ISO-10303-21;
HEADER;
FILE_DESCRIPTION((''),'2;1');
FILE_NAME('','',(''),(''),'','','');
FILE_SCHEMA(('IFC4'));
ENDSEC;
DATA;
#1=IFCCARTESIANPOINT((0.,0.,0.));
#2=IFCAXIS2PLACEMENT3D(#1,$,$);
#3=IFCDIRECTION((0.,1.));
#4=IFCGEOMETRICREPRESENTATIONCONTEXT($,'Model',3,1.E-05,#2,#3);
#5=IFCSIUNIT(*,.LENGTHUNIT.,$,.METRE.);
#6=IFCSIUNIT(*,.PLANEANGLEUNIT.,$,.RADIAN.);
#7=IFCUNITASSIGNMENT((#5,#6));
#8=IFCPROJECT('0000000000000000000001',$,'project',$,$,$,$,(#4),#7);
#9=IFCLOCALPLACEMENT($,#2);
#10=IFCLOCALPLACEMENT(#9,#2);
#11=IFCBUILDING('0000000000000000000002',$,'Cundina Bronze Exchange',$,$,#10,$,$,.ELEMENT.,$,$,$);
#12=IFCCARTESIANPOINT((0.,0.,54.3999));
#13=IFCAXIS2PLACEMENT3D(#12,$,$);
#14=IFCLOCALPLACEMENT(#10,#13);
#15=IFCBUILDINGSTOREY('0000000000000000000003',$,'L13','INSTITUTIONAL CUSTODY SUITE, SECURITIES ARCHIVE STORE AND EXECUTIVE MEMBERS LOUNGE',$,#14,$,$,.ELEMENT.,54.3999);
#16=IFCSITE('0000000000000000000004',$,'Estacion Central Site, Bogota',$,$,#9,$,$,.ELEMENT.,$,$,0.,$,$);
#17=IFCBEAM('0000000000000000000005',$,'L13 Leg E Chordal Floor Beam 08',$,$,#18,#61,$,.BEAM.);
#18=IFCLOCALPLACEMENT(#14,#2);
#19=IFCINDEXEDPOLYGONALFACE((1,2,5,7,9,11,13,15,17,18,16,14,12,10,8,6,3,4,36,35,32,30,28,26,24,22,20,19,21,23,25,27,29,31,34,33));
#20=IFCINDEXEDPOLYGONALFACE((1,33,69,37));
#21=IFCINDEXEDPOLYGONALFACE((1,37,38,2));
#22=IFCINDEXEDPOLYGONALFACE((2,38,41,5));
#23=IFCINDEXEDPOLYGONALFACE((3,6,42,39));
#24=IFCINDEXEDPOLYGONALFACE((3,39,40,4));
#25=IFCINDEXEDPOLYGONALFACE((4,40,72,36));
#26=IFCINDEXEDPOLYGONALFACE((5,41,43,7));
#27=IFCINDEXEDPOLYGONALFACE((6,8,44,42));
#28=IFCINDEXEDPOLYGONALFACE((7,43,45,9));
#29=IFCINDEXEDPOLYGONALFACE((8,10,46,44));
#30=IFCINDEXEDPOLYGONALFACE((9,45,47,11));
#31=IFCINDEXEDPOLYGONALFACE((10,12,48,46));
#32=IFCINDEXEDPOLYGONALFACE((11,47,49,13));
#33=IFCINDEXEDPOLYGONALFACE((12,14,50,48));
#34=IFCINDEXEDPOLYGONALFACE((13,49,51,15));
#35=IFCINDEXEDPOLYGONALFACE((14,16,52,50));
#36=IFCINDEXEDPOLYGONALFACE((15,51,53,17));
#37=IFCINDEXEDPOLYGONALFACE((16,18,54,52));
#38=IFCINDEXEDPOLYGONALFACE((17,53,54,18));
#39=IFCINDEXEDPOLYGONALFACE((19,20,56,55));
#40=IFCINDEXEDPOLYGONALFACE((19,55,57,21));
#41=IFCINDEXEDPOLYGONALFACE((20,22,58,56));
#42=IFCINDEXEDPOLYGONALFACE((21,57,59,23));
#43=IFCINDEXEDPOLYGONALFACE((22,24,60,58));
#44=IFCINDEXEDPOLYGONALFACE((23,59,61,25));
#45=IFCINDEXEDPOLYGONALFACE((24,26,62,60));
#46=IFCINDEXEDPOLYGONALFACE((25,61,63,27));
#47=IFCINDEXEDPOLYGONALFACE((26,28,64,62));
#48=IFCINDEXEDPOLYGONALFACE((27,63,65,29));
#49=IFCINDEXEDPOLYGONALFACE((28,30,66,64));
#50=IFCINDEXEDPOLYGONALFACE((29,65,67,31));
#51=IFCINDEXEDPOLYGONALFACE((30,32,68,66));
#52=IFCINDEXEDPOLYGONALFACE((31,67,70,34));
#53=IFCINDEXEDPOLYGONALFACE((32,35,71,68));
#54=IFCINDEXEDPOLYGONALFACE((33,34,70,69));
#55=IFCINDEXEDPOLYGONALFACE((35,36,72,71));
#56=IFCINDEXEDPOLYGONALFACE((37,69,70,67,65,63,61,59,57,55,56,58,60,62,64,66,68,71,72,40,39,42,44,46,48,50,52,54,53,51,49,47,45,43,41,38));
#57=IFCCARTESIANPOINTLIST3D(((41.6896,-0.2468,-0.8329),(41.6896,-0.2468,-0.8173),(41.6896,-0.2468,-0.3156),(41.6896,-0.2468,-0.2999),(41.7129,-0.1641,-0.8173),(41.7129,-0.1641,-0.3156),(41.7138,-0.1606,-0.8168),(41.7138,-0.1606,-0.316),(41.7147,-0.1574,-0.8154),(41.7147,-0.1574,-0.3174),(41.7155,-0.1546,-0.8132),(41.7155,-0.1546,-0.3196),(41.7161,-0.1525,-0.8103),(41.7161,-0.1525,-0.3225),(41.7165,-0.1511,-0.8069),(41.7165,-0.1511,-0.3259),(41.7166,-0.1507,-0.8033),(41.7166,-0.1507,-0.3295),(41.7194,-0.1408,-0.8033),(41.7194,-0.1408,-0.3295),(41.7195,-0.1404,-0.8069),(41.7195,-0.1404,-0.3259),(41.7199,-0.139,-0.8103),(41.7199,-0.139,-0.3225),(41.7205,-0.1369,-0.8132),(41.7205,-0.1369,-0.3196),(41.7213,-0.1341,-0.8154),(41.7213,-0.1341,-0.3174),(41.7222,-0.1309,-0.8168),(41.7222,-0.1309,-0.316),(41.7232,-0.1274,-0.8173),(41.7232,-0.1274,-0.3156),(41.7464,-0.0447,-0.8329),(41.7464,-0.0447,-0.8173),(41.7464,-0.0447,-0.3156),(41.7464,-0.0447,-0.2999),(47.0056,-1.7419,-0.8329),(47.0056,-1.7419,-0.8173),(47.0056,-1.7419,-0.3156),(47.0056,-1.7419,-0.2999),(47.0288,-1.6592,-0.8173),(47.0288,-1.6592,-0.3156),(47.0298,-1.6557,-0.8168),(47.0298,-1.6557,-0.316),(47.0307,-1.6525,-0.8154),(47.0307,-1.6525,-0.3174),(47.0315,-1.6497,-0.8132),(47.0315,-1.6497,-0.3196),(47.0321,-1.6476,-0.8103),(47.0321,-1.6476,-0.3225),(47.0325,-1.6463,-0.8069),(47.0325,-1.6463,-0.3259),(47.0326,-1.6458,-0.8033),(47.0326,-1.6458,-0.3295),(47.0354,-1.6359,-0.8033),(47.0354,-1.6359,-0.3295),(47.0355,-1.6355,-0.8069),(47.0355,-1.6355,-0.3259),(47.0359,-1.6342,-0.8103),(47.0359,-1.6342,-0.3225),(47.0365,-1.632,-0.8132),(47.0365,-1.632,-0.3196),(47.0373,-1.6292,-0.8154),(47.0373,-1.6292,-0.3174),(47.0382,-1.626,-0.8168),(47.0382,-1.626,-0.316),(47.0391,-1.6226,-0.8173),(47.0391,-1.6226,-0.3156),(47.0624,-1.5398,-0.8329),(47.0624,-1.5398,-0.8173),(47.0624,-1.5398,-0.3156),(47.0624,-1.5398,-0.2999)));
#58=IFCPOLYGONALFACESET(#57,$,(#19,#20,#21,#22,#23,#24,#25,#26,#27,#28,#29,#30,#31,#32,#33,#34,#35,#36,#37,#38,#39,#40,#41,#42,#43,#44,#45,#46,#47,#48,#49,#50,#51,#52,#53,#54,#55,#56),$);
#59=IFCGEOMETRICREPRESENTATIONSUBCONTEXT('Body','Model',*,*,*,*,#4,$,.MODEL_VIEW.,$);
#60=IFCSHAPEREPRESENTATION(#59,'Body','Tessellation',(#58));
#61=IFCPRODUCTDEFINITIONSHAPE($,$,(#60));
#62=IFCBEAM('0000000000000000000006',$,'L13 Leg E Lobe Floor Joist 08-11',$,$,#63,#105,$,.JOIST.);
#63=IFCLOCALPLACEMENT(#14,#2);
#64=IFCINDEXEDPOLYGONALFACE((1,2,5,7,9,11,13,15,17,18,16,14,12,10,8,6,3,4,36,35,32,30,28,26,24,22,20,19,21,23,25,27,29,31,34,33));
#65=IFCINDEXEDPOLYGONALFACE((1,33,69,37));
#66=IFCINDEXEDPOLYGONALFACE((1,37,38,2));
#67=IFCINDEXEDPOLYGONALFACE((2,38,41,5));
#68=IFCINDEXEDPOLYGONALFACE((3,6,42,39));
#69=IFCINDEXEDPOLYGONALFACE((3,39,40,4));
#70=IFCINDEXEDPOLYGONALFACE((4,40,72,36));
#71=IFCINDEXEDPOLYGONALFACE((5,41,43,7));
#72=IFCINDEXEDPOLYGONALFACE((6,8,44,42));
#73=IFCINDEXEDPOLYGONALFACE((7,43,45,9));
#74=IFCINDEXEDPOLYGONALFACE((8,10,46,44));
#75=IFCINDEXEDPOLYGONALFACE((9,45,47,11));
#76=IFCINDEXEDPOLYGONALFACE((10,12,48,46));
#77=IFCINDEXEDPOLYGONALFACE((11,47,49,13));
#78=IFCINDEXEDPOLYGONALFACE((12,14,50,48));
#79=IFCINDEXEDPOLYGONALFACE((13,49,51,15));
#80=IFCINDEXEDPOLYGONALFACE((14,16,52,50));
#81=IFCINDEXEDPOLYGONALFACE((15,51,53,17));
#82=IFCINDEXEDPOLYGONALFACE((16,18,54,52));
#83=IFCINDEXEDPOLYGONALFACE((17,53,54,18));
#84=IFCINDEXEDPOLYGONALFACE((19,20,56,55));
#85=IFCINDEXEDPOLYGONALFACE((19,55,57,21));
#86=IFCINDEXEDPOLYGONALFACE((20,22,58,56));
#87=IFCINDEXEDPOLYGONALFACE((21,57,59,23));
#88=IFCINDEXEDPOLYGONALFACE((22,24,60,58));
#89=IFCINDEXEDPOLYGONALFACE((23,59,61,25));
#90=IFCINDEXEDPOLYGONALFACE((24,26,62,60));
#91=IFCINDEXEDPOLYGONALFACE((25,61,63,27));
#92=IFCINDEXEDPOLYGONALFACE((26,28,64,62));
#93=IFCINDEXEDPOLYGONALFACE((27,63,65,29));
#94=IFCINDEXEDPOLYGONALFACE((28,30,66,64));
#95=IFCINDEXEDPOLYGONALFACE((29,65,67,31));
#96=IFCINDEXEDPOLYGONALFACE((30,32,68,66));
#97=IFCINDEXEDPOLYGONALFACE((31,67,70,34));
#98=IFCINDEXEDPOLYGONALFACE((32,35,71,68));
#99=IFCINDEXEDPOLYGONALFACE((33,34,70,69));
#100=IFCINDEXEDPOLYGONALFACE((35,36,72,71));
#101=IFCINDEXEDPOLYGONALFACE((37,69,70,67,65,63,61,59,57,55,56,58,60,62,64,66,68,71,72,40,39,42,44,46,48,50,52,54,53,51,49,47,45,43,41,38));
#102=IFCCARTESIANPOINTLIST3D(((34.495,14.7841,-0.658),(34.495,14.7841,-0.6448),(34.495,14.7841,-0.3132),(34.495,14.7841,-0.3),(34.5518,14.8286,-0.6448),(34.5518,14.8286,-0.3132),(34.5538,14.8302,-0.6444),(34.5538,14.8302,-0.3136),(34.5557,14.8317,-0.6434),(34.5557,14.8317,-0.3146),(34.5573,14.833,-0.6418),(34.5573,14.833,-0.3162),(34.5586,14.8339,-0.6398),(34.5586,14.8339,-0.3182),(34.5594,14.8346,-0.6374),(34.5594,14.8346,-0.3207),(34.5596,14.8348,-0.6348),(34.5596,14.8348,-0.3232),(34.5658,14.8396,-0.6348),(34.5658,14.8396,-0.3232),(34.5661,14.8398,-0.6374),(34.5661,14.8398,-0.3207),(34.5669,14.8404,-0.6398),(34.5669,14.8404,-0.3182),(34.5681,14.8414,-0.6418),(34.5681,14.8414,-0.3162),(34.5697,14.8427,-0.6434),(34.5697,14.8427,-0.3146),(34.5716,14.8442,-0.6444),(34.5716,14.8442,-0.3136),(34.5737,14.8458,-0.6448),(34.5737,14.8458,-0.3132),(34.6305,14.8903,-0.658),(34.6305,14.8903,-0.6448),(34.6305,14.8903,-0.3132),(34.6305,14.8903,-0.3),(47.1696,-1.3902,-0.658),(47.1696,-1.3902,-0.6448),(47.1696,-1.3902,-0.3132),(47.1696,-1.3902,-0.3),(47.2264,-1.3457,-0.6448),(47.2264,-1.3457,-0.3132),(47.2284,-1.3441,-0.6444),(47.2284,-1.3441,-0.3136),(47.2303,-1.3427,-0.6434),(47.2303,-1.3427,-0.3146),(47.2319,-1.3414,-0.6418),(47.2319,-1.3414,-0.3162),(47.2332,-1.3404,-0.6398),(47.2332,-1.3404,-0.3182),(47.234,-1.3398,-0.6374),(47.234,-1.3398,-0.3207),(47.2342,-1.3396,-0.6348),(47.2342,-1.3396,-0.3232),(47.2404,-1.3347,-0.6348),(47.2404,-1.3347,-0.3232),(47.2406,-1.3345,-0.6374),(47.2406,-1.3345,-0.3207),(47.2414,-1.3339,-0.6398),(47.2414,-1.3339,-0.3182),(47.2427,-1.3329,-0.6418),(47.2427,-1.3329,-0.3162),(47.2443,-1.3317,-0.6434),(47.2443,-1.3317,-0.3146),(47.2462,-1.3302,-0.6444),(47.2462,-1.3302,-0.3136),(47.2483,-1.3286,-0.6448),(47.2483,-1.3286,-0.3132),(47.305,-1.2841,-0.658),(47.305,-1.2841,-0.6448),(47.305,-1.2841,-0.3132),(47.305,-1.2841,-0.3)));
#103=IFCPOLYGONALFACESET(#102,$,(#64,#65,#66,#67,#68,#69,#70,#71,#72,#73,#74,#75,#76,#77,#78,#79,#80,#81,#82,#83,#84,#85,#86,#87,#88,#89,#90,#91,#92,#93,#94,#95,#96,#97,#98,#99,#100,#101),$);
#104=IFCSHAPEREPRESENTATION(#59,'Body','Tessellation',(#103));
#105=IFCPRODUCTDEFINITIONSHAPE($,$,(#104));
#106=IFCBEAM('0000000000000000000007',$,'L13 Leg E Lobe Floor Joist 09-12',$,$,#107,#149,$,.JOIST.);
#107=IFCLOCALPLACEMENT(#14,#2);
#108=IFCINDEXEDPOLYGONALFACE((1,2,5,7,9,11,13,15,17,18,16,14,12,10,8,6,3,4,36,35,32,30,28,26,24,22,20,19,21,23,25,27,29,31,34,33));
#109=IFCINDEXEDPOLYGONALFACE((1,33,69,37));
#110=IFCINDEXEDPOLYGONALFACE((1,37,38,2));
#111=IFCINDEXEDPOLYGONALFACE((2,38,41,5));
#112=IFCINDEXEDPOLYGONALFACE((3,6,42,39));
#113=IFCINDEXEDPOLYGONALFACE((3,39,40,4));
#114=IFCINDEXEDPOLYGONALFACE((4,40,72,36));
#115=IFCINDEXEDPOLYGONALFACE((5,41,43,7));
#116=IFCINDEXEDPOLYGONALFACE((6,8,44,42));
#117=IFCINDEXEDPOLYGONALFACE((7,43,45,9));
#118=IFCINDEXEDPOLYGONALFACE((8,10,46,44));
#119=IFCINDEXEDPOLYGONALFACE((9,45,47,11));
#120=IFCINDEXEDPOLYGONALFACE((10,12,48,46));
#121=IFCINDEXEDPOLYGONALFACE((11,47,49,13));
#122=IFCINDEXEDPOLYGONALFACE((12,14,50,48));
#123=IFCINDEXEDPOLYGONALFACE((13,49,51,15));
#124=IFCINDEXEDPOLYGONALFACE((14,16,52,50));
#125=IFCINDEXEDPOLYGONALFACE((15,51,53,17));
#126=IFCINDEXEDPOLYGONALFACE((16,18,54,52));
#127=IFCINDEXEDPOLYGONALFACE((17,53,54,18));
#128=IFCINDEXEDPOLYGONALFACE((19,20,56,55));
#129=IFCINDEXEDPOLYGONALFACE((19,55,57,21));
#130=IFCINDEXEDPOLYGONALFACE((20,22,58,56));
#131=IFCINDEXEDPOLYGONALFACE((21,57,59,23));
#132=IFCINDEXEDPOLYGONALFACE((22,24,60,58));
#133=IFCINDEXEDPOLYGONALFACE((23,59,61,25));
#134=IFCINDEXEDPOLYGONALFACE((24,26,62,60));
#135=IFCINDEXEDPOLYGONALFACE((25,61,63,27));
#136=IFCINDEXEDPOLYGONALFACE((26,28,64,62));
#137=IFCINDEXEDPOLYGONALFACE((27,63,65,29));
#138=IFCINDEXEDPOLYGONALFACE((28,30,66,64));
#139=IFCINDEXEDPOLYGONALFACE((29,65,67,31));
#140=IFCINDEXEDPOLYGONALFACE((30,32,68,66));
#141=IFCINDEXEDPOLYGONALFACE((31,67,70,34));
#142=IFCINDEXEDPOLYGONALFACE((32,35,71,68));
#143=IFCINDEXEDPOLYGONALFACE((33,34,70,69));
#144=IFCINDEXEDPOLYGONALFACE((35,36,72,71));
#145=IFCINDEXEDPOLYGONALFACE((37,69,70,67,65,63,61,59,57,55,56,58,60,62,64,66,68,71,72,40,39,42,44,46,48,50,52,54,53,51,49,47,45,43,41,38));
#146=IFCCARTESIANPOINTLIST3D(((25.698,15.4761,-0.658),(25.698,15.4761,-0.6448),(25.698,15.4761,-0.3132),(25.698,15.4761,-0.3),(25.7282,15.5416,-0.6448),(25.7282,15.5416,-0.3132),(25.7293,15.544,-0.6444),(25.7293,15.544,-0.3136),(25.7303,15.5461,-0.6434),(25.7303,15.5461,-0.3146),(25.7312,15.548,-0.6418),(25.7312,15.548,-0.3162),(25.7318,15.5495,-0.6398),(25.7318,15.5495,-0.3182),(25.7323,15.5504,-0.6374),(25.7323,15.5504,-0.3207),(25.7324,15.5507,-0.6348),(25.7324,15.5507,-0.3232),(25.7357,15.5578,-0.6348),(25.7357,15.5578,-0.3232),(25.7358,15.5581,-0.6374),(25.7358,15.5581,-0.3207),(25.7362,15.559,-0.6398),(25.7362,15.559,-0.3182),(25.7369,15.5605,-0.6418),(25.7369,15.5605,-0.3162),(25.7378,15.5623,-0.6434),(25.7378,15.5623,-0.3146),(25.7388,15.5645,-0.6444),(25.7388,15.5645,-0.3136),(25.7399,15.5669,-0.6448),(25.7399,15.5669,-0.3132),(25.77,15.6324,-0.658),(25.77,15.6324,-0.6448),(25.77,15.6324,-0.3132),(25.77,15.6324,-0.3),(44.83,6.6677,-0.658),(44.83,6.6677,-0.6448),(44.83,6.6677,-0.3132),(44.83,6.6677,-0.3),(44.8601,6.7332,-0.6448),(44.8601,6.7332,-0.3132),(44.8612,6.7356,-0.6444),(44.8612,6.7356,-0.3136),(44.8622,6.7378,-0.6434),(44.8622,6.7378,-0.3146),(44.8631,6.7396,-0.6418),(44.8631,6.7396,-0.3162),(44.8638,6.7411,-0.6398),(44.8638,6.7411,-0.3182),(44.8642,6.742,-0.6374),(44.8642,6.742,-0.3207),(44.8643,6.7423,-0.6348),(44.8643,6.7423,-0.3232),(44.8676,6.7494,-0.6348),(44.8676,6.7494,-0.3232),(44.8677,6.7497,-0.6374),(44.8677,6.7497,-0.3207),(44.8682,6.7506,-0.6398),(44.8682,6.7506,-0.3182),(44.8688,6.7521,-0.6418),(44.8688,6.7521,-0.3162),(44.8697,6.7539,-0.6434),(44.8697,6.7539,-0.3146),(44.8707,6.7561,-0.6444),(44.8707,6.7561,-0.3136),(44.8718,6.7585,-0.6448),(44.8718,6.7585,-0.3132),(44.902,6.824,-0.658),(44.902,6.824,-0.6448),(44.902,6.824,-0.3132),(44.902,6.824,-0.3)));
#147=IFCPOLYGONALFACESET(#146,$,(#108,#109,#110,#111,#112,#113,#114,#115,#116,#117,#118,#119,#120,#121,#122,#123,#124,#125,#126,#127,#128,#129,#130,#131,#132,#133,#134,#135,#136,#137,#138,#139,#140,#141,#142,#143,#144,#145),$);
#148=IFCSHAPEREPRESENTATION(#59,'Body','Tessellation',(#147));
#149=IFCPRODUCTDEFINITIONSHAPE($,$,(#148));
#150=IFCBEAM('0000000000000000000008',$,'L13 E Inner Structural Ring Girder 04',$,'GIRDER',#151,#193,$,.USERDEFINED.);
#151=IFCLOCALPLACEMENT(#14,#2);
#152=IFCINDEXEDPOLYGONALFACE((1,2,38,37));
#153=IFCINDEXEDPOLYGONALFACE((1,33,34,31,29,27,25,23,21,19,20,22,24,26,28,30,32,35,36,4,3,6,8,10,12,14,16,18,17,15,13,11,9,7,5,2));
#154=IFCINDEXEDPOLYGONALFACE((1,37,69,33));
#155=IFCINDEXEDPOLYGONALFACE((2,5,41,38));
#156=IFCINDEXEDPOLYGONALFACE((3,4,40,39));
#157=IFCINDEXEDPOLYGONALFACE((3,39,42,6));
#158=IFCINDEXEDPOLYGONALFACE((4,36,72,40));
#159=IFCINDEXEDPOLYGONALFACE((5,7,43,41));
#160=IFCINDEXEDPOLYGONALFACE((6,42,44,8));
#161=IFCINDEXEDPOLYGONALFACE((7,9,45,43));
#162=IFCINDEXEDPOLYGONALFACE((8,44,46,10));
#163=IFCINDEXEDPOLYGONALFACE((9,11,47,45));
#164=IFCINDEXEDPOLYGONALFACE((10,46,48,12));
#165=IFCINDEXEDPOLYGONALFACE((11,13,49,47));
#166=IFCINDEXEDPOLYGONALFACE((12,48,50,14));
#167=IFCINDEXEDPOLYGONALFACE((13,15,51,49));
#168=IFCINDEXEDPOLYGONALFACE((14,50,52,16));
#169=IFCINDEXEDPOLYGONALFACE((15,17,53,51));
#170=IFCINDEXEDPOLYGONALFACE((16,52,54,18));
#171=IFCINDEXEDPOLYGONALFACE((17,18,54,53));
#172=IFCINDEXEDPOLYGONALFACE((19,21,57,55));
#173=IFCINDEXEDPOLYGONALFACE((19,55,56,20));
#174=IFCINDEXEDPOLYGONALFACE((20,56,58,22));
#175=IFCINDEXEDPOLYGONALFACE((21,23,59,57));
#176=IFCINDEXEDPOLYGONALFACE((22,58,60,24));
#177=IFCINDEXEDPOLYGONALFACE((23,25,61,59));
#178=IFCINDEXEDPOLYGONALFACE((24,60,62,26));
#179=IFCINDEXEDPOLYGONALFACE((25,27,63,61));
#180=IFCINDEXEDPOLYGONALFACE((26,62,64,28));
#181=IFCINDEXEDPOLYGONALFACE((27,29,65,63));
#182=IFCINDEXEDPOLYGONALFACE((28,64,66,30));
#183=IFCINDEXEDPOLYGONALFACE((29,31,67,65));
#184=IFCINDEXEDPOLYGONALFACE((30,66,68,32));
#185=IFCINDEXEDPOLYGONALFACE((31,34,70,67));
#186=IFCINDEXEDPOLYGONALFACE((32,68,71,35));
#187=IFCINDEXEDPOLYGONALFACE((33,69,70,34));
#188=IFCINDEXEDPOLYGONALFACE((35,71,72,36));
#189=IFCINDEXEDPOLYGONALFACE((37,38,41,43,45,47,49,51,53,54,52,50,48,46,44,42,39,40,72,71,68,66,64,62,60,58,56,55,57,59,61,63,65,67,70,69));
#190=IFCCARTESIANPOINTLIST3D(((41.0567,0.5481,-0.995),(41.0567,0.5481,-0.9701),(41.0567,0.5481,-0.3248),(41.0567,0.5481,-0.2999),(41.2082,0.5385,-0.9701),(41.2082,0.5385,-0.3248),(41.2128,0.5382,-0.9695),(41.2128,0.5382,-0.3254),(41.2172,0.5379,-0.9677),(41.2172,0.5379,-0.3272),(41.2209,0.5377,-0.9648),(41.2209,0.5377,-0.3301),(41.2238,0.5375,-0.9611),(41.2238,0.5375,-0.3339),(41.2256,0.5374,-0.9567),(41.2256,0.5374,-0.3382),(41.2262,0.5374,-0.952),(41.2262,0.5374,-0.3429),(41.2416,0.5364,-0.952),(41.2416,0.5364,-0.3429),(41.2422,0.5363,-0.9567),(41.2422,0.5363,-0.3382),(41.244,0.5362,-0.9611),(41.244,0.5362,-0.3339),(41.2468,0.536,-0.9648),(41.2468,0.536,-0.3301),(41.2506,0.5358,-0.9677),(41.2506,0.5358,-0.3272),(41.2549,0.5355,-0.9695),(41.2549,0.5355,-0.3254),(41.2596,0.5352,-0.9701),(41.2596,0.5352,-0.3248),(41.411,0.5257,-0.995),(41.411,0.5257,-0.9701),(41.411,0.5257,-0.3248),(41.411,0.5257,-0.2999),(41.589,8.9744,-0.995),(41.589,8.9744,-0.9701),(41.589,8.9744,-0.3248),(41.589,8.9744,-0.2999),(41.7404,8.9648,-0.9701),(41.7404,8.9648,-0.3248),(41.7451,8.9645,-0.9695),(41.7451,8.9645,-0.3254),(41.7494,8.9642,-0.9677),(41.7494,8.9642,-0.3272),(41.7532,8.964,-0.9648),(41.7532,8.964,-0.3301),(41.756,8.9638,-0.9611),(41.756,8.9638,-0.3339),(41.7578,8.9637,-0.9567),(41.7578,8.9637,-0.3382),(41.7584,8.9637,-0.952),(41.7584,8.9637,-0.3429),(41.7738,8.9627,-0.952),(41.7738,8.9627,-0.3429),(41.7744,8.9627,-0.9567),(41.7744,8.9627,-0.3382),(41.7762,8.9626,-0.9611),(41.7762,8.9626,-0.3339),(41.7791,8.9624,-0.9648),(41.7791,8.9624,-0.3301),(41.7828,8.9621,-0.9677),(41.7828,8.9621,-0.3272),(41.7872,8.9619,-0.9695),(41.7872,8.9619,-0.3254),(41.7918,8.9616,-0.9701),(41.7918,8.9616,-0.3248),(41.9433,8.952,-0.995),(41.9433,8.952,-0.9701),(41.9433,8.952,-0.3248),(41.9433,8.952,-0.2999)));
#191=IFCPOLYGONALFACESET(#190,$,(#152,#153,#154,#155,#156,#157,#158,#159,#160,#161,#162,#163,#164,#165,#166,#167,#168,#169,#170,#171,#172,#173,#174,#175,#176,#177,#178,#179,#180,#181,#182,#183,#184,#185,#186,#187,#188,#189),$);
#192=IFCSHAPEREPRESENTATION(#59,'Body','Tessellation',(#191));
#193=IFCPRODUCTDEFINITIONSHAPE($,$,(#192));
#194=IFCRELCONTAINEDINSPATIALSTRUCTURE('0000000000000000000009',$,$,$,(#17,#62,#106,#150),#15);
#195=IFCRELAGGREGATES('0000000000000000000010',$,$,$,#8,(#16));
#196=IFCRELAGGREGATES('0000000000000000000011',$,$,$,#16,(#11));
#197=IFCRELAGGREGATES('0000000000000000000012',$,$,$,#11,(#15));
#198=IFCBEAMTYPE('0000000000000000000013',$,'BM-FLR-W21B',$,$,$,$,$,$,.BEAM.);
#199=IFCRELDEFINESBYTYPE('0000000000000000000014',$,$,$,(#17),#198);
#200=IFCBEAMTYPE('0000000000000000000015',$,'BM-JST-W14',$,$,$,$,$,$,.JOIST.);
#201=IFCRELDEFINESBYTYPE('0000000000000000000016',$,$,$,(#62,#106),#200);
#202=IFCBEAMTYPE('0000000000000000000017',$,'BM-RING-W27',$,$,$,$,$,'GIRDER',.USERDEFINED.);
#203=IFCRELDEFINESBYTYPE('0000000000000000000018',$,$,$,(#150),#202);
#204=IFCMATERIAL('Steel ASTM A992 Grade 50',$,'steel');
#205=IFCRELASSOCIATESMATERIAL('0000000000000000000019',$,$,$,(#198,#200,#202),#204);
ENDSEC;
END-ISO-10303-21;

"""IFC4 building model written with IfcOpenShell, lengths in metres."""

from ifc_helpers import new_model, si_unit, direction, frame, origin, origin_2d, place, context, subcontext, project, spatial, i_section, extrude, material, material_profile, profile_set, type_object, element, save


model = new_model("IFC4")

# Units and contexts
model_context = context("Model", 3, precision=1e-05, world=origin(), true_north=direction((0.0, 1.0)))
body_context = subcontext(model_context, "Body", "Model", "MODEL_VIEW")
ifc_project = project(units=[si_unit("LENGTHUNIT", "METRE"), si_unit("PLANEANGLEUNIT", "RADIAN")], contexts=[model_context])

# Site, building, storey
site_placement = place(None, origin())
site = spatial("IfcSite", under=ifc_project, at=site_placement, Name="Estacion Central Site, Bogota", CompositionType="ELEMENT", RefElevation=0.0)
building_placement = place(site_placement, origin())
building = spatial("IfcBuilding", under=site, at=building_placement, Name="Cundina Bronze Exchange", CompositionType="ELEMENT")
storey_placement = place(building_placement, frame((0.0, 0.0, 54.3999)))
storey = spatial("IfcBuildingStorey", under=building, at=storey_placement, Name="L13", Description="INSTITUTIONAL CUSTODY SUITE, SECURITIES ARCHIVE STORE AND EXECUTIVE MEMBERS LOUNGE", CompositionType="ELEMENT", Elevation=54.3999)

# Shared definitions
ifc_material_1 = material(Name="Steel ASTM A992 Grade 50", Category="steel")

# Beams
ifc_material_profile_1 = material_profile(ifc_material_1, i_section(OverallWidth=0.21, OverallDepth=0.533, WebThickness=0.0103, FlangeThickness=0.0156, FilletRadius=0.0139, at=origin_2d()), Name="W21X62", Category="steel")
ifc_profile_set_1 = profile_set([ifc_material_profile_1], Name="Steel ASTM A992 Grade 50")
beam_type_1 = type_object("IfcBeamType", Name="BM-FLR-W21B", PredefinedType="BEAM", material=ifc_profile_set_1)
beam_1_placement = place(storey_placement, frame((41.718, -0.1458, -0.5664), z_axis=(0.96265, -0.270748, 0.0), x_axis=(0.270748, 0.96265, 0.0)))
element("IfcBeam", 1, at=beam_1_placement, inside=storey, type_object=beam_type_1, Name="L13 Leg E Chordal Floor Beam 08", PredefinedType="BEAM", context=body_context, shape_type="SweptSolid", body=[
    extrude(i_section(OverallWidth=0.21, OverallDepth=0.533, WebThickness=0.0103, FlangeThickness=0.0156, FilletRadius=0.0139, at=origin_2d()), origin(), (0.0, 0.0, 1.0), 5.5222),
])
ifc_material_profile_2 = material_profile(ifc_material_1, i_section(OverallWidth=0.1721, OverallDepth=0.3579, WebThickness=0.0078, FlangeThickness=0.0132, FilletRadius=0.01, at=origin_2d()), Name="W14X38", Category="steel")
ifc_profile_set_2 = profile_set([ifc_material_profile_2], Name="Steel ASTM A992 Grade 50")
beam_type_2 = type_object("IfcBeamType", Name="BM-JST-W14", PredefinedType="JOIST", material=ifc_profile_set_2)
beam_2_placement = place(storey_placement, frame((47.2373, -1.3372, -0.479), z_axis=(-0.616803, 0.787117, 0.0), x_axis=(-0.787117, -0.616803, 0.0)))
element("IfcBeam", 2, at=beam_2_placement, inside=storey, type_object=beam_type_2, Name="L13 Leg E Lobe Floor Joist 08-11", PredefinedType="JOIST", context=body_context, shape_type="SweptSolid", body=[
    extrude(i_section(OverallWidth=0.1721, OverallDepth=0.3579, WebThickness=0.0078, FlangeThickness=0.0132, FilletRadius=0.01, at=origin_2d()), origin(), (0.0, 0.0, 1.0), 20.5488),
])
beam_3_placement = place(storey_placement, frame((44.866, 6.7458, -0.479), z_axis=(-0.908352, 0.418208, 0.0), x_axis=(-0.418208, -0.908352, 0.0)))
element("IfcBeam", 3, at=beam_3_placement, inside=storey, type_object=beam_type_2, Name="L13 Leg E Lobe Floor Joist 09-12", PredefinedType="JOIST", context=body_context, shape_type="SweptSolid", body=[
    extrude(i_section(OverallWidth=0.1721, OverallDepth=0.3579, WebThickness=0.0078, FlangeThickness=0.0132, FilletRadius=0.01, at=origin_2d()), origin(), (0.0, 0.0, 1.0), 21.0623),
])
ifc_material_profile_3 = material_profile(ifc_material_1, i_section(OverallWidth=0.355, OverallDepth=0.6951, WebThickness=0.0154, FlangeThickness=0.0249, FilletRadius=0.0181, at=origin_2d()), Name="W27X146", Category="steel")
ifc_profile_set_3 = profile_set([ifc_material_profile_3], Name="Steel ASTM A992 Grade 50")
beam_type_3 = type_object("IfcBeamType", Name="BM-RING-W27", ElementType="GIRDER", PredefinedType="USERDEFINED", material=ifc_profile_set_3)
beam_4_placement = place(storey_placement, frame((41.2339, 0.5369, -0.6475), z_axis=(0.063037, 0.998011, 0.0), x_axis=(-0.998011, 0.063037, 0.0)))
element("IfcBeam", 4, at=beam_4_placement, inside=storey, type_object=beam_type_3, Name="L13 E Inner Structural Ring Girder 04", ObjectType="GIRDER", PredefinedType="USERDEFINED", context=body_context, shape_type="SweptSolid", body=[
    extrude(i_section(OverallWidth=0.355, OverallDepth=0.6951, WebThickness=0.0154, FlangeThickness=0.0249, FilletRadius=0.0181, at=origin_2d()), origin(), (0.0, 0.0, 1.0), 8.4431),
])

save(model, "model.ifc")
